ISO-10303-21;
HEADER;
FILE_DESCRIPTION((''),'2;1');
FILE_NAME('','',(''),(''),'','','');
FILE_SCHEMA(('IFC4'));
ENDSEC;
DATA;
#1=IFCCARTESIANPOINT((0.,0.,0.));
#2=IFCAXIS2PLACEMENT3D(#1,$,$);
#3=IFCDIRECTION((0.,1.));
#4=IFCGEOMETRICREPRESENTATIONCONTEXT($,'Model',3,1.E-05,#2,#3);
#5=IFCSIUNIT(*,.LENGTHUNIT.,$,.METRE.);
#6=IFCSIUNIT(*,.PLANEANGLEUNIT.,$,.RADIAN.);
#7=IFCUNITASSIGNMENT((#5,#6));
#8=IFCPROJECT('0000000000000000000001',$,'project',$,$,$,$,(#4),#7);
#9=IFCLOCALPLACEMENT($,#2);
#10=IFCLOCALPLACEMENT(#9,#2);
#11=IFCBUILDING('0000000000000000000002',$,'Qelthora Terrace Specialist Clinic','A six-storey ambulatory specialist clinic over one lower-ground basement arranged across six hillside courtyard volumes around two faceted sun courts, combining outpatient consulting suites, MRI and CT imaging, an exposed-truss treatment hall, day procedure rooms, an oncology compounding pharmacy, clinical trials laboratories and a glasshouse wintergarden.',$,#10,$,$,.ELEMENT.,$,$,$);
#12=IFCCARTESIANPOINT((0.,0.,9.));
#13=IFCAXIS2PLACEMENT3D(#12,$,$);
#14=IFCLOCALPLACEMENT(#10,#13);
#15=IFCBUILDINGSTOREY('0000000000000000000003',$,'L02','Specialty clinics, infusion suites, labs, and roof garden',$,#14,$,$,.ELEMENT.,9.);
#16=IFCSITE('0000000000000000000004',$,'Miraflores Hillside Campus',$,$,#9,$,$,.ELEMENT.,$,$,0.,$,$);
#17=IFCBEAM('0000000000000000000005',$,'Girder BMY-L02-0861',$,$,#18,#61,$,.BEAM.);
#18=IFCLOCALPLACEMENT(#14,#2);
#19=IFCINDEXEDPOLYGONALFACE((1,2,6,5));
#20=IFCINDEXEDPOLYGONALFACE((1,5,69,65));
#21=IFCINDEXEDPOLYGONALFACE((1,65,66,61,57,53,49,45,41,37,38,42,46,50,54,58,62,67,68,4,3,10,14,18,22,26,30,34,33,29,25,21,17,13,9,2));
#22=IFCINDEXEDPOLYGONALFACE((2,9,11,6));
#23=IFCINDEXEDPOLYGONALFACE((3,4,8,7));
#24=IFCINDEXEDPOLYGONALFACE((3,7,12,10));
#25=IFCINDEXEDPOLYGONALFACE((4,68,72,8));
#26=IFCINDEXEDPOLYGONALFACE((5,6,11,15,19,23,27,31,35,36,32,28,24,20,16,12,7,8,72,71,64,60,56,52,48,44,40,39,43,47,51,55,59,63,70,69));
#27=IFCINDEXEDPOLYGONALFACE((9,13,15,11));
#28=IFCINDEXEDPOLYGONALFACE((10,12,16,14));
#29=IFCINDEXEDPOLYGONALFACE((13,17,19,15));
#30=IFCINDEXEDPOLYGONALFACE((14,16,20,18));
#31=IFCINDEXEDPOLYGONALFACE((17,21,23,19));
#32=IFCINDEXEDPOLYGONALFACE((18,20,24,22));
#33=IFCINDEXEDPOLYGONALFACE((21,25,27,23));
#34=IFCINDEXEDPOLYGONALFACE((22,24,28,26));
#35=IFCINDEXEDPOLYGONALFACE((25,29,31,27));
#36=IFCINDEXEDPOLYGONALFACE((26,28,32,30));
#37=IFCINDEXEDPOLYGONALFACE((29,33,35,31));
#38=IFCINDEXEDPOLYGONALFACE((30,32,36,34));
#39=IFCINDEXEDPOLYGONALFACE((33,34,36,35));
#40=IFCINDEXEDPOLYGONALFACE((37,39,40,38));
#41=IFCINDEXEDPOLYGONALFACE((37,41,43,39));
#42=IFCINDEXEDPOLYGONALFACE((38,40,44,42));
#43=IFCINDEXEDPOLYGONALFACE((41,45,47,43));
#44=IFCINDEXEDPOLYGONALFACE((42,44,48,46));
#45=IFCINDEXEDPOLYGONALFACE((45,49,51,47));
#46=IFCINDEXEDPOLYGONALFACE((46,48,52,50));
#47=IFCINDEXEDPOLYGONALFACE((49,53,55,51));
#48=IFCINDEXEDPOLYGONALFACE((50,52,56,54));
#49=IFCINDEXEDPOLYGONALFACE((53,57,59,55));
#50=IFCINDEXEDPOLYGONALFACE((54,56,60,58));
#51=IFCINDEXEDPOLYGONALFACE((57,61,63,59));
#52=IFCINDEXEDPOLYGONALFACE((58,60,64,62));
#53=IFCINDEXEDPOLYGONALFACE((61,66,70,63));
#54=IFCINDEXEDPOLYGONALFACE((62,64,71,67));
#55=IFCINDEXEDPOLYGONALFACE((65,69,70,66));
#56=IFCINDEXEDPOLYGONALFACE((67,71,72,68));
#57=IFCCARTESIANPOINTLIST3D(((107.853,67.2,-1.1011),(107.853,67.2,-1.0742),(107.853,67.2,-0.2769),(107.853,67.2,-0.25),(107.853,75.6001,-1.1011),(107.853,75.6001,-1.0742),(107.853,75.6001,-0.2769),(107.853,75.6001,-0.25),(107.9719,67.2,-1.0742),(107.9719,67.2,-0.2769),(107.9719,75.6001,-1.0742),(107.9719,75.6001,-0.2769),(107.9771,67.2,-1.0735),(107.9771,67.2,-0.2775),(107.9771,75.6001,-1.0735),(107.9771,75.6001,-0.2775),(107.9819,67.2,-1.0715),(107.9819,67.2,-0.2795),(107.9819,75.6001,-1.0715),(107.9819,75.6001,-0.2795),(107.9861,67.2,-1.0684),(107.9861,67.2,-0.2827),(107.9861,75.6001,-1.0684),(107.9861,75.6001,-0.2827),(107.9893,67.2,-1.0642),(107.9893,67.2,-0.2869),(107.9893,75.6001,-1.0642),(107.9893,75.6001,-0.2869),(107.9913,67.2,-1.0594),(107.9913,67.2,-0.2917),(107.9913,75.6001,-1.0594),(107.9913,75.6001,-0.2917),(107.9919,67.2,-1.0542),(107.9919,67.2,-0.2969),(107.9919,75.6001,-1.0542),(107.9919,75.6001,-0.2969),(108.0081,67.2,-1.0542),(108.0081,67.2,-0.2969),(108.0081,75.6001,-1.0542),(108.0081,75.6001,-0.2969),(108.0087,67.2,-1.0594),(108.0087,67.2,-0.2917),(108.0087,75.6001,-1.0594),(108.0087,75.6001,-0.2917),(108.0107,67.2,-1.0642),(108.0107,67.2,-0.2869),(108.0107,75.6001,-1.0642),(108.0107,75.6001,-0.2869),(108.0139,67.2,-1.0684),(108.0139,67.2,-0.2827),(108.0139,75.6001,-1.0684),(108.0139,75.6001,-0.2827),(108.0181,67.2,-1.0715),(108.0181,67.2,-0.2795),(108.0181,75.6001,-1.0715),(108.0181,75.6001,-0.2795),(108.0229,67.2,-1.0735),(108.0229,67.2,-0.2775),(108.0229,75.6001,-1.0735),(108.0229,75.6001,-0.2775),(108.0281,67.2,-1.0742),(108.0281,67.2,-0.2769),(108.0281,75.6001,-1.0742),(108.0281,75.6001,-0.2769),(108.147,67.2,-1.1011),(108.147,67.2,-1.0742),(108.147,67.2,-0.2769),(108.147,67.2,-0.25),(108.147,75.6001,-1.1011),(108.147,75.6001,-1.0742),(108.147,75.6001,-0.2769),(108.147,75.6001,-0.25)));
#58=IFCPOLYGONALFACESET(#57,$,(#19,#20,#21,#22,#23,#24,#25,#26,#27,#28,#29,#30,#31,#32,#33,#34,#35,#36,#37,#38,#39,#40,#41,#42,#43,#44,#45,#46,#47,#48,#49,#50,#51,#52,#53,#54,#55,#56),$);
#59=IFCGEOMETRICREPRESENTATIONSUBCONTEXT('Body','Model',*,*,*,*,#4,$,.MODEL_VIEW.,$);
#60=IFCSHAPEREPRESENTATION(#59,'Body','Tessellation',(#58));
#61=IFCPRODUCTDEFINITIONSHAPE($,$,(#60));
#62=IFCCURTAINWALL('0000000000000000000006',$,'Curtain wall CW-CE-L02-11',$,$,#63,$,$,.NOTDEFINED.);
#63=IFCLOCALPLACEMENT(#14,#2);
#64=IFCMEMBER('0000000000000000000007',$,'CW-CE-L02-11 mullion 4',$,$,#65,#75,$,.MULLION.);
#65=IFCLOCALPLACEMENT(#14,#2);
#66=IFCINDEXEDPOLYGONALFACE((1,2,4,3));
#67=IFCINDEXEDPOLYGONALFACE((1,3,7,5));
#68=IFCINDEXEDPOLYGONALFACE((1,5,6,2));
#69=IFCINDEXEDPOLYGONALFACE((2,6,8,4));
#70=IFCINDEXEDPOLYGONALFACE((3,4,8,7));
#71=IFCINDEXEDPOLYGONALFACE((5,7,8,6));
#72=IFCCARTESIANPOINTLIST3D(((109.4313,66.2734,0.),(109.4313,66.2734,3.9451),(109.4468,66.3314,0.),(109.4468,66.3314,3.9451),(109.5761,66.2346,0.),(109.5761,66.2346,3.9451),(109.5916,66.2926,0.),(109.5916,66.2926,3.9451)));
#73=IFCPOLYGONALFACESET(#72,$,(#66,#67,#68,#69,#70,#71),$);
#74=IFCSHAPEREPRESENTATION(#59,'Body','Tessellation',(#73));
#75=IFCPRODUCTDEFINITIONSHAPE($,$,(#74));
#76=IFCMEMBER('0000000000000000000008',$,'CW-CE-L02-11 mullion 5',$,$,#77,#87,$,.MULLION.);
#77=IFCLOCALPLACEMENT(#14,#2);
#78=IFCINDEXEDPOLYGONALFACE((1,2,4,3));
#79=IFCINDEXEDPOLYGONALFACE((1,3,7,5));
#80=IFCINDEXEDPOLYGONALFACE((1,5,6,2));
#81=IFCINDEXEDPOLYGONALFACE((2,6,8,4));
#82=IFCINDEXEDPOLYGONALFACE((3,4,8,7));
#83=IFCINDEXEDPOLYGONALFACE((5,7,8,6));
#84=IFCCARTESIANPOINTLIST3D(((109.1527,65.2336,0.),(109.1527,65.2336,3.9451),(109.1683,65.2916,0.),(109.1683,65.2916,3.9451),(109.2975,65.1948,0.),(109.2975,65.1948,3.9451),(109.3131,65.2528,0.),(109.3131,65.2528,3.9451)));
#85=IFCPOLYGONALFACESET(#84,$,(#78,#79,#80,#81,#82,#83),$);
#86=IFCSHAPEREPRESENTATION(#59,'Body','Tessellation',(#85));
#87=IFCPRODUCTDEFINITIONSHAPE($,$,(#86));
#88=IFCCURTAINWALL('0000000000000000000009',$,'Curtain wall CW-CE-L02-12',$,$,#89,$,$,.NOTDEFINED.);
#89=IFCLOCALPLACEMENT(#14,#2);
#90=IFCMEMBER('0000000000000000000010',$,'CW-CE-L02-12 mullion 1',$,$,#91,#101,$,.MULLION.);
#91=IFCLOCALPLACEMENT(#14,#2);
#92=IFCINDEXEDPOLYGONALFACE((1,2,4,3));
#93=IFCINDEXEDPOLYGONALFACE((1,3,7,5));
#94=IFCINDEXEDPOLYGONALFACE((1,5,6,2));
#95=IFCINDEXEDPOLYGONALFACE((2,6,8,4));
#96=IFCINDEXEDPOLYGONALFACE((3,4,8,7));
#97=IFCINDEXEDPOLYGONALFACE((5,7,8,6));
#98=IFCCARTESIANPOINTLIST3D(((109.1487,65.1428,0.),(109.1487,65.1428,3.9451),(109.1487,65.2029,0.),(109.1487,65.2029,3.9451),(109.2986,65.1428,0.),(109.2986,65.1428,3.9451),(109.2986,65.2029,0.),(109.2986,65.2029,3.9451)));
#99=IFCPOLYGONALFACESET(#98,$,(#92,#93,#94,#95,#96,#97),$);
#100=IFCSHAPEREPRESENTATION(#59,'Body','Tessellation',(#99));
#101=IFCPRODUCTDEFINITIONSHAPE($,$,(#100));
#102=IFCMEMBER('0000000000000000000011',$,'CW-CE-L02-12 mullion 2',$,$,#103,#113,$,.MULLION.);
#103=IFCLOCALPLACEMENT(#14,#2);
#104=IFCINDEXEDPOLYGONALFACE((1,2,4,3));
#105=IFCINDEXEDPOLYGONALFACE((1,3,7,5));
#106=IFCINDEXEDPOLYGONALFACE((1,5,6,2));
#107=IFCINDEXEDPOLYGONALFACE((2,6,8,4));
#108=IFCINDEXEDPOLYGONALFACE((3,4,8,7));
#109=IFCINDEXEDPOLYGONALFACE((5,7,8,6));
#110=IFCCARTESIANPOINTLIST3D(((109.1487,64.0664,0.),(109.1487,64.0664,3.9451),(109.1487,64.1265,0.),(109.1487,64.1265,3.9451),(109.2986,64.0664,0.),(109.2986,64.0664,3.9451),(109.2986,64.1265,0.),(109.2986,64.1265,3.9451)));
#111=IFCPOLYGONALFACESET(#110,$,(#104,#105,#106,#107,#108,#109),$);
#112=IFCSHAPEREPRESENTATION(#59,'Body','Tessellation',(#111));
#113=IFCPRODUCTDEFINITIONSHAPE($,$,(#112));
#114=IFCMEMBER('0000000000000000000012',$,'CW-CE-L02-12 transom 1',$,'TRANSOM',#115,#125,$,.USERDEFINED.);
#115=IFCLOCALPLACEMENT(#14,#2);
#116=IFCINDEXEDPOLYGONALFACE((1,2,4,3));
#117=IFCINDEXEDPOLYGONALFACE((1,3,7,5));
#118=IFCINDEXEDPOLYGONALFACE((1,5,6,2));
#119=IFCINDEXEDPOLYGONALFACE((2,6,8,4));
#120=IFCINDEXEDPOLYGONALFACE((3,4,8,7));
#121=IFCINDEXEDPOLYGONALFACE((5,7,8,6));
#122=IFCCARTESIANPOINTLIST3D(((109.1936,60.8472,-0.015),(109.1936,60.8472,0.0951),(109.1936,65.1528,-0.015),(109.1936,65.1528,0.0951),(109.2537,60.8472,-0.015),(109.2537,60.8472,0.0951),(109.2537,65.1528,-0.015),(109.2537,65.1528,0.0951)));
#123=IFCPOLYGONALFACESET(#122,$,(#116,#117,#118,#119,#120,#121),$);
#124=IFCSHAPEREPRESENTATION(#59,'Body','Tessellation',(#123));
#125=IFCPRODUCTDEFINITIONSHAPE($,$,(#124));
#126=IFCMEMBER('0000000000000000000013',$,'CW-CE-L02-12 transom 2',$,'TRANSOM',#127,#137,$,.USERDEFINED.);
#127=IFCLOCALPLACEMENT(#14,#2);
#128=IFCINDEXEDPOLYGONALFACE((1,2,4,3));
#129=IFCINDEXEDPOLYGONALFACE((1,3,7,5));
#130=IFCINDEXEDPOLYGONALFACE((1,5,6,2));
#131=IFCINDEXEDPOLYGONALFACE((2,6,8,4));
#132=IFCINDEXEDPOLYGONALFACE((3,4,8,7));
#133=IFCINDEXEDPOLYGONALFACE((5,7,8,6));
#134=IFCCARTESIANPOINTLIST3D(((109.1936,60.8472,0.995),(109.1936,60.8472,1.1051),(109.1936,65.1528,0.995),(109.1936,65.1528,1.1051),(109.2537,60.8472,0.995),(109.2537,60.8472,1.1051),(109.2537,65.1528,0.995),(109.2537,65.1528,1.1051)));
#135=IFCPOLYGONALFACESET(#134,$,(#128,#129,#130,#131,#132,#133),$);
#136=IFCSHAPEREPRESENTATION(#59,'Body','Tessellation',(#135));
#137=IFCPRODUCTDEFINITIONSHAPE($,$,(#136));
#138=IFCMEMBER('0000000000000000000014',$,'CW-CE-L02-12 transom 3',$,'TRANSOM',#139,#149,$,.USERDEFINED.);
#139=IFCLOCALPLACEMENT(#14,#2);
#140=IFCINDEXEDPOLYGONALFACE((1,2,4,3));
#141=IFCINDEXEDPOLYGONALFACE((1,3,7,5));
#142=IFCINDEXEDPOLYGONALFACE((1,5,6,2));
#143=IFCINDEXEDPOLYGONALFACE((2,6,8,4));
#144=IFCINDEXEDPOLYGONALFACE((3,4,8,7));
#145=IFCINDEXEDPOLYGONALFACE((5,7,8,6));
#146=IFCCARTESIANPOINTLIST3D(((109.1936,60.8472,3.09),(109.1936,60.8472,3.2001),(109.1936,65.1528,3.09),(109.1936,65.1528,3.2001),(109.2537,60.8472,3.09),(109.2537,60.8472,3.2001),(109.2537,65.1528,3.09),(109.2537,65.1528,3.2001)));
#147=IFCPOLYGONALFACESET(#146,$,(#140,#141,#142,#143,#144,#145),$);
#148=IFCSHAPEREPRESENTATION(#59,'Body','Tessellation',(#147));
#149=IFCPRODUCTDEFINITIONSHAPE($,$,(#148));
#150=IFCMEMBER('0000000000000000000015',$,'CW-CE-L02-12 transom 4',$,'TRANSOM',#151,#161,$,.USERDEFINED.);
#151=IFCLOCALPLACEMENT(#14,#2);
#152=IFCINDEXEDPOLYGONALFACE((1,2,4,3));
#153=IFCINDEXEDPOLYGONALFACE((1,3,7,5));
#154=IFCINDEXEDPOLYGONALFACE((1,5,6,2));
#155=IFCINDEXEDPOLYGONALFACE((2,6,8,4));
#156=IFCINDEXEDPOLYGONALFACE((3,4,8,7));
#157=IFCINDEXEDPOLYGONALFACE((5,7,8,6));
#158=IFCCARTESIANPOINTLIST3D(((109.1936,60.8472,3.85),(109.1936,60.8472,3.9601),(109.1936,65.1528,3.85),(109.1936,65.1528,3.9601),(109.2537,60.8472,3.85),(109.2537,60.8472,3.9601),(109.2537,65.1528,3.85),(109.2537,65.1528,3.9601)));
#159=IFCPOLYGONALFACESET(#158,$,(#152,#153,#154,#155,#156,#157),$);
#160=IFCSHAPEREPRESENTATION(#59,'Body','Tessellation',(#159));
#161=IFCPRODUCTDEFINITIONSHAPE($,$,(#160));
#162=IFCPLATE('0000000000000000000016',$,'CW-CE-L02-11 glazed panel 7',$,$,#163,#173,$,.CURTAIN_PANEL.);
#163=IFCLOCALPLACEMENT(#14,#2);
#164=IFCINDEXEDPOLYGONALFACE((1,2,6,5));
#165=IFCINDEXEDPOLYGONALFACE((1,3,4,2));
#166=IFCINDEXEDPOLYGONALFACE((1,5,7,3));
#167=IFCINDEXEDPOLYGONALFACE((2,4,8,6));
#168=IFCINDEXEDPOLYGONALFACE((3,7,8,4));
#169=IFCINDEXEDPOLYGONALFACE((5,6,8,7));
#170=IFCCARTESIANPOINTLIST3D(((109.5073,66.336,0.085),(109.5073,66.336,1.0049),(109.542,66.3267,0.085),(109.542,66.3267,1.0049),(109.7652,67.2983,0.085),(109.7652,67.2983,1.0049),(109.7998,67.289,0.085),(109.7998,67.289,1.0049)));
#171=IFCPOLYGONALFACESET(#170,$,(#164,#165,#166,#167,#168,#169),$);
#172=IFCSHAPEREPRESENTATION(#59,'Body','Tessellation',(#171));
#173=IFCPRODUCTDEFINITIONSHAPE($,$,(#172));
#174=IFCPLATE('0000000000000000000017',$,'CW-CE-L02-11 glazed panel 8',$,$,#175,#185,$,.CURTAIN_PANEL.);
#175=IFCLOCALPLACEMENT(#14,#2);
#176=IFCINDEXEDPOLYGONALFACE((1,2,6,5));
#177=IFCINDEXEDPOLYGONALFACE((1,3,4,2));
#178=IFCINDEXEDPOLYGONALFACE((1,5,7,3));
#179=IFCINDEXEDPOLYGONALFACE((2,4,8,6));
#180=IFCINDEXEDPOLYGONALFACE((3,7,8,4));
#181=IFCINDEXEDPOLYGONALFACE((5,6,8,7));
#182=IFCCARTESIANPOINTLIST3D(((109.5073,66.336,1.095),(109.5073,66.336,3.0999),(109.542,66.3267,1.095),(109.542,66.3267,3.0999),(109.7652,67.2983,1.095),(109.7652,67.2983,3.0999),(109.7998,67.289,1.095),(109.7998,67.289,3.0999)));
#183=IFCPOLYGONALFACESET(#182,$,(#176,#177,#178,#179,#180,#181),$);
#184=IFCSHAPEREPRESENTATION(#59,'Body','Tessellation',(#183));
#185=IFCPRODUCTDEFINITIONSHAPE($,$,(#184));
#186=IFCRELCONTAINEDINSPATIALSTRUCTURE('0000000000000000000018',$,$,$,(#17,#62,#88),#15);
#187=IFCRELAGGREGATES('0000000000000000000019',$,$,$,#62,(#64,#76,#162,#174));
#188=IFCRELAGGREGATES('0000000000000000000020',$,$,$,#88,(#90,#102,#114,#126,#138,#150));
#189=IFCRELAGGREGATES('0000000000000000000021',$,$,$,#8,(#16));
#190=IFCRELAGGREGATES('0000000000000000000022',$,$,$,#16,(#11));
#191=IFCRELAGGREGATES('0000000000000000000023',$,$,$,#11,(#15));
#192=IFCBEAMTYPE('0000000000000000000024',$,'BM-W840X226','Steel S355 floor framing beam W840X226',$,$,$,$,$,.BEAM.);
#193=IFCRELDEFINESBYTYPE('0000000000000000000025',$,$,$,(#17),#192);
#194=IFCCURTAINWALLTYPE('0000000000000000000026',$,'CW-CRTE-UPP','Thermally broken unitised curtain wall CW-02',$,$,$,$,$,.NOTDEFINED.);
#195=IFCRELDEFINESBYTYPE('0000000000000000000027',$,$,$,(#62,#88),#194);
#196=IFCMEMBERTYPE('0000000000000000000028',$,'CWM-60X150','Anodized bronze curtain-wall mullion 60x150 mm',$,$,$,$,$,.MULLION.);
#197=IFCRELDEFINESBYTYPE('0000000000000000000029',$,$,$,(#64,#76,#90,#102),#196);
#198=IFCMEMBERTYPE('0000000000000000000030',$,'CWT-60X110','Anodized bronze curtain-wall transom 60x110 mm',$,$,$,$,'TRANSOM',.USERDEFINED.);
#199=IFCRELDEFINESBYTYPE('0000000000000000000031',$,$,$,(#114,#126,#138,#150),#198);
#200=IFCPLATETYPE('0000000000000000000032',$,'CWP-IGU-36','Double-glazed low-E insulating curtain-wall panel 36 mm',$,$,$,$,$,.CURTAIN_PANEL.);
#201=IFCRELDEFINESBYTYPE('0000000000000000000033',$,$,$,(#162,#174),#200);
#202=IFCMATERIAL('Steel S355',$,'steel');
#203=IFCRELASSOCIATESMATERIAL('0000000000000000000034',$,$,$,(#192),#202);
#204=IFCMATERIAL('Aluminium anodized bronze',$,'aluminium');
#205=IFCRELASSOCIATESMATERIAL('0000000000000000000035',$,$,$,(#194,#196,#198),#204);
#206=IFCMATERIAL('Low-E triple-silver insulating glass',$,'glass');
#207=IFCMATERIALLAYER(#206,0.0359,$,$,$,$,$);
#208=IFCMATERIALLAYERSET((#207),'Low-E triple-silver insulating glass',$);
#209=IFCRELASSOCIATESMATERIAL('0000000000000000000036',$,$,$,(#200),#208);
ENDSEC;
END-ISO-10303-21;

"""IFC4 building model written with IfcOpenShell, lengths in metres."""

from ifc_helpers import new_model, si_unit, direction, frame, origin, origin_2d, place, context, subcontext, project, spatial, rectangle, i_section, extrude, material, layer, layer_set, material_profile, profile_set, type_object, element, aggregate, save


model = new_model("IFC4")

# Units and contexts
model_context = context("Model", 3, precision=1e-05, world=origin(), true_north=direction((0.0, 1.0)))
body_context = subcontext(model_context, "Body", "Model", "MODEL_VIEW")
ifc_project = project(units=[si_unit("LENGTHUNIT", "METRE"), si_unit("PLANEANGLEUNIT", "RADIAN")], contexts=[model_context])

# Site, building, storey
site_placement = place(None, origin())
site = spatial("IfcSite", under=ifc_project, at=site_placement, Name="Miraflores Hillside Campus", CompositionType="ELEMENT", RefElevation=0.0)
building_placement = place(site_placement, origin())
building = spatial("IfcBuilding", under=site, at=building_placement, Name="Qelthora Terrace Specialist Clinic", Description="A six-storey ambulatory specialist clinic over one lower-ground basement arranged across six hillside courtyard volumes around two faceted sun courts, combining outpatient consulting suites, MRI and CT imaging, an exposed-truss treatment hall, day procedure rooms, an oncology compounding pharmacy, clinical trials laboratories and a glasshouse wintergarden.", CompositionType="ELEMENT")
storey_placement = place(building_placement, frame((0.0, 0.0, 9.0)))
storey = spatial("IfcBuildingStorey", under=building, at=storey_placement, Name="L02", Description="Specialty clinics, infusion suites, labs, and roof garden", CompositionType="ELEMENT", Elevation=9.0)

# Beam
ifc_material_1 = material(Name="Steel S355", Category="steel")
ifc_material_profile_1 = material_profile(ifc_material_1, i_section(OverallWidth=0.2939, OverallDepth=0.8511, WebThickness=0.0161, FlangeThickness=0.0269, FilletRadius=0.02, at=origin_2d()), Name="W840X226")
ifc_profile_set_1 = profile_set([ifc_material_profile_1], Name="Steel S355")
beam_type = type_object("IfcBeamType", Name="BM-W840X226", Description="Steel S355 floor framing beam W840X226", PredefinedType="BEAM", material=ifc_profile_set_1)
beam_placement = place(storey_placement, frame((108.0, 67.2, -0.6755), z_axis=(0.0, 1.0, 0.0), x_axis=(-1.0, 0.0, 0.0)))
element("IfcBeam", 1, at=beam_placement, inside=storey, type_object=beam_type, Name="Girder BMY-L02-0861", PredefinedType="BEAM", context=body_context, shape_type="SweptSolid", body=[
    extrude(i_section(OverallWidth=0.2939, OverallDepth=0.8511, WebThickness=0.0161, FlangeThickness=0.0269, FilletRadius=0.02, at=origin_2d()), origin(), (0.0, 0.0, 1.0), 8.4001),
])

# Curtain walls, members
ifc_material_2 = material(Name="Aluminium anodized bronze", Category="aluminium")
curtain_wall_type = type_object("IfcCurtainWallType", Name="CW-CRTE-UPP", Description="Thermally broken unitised curtain wall CW-02", PredefinedType="NOTDEFINED", material=ifc_material_2)
curtain_wall_1_placement = place(storey_placement, origin())
curtain_wall_1 = element("IfcCurtainWall", 2, at=curtain_wall_1_placement, inside=storey, type_object=curtain_wall_type, Name="Curtain wall CW-CE-L02-11", PredefinedType="NOTDEFINED")
ifc_material_profile_2 = material_profile(ifc_material_2, rectangle(XDim=0.0601, YDim=0.1499, at=origin_2d()), Name="CWM60X150")
ifc_profile_set_2 = profile_set([ifc_material_profile_2], Name="Aluminium anodized bronze")
member_type_1 = type_object("IfcMemberType", Name="CWM-60X150", Description="Anodized bronze curtain-wall mullion 60x150 mm", PredefinedType="MULLION", material=ifc_profile_set_2)
member_1_placement = place(storey_placement, frame((109.5115, 66.283, 0.0), z_axis=(0.0, 0.0, 1.0), x_axis=(-0.25882, -0.965926, 0.0)))
member_1 = element("IfcMember", 3, at=member_1_placement, type_object=member_type_1, Name="CW-CE-L02-11 mullion 4", PredefinedType="MULLION", context=body_context, shape_type="SweptSolid", body=[
    extrude(rectangle(XDim=0.0601, YDim=0.1499, at=origin_2d()), origin(), (0.0, 0.0, 1.0), 3.9451),
])
member_2_placement = place(storey_placement, frame((109.2329, 65.2432, 0.0), z_axis=(0.0, 0.0, 1.0), x_axis=(-0.25882, -0.965926, 0.0)))
member_2 = element("IfcMember", 4, at=member_2_placement, type_object=member_type_1, Name="CW-CE-L02-11 mullion 5", PredefinedType="MULLION", context=body_context, shape_type="SweptSolid", body=[
    extrude(rectangle(XDim=0.0601, YDim=0.1499, at=origin_2d()), origin(), (0.0, 0.0, 1.0), 3.9451),
])
curtain_wall_2_placement = place(storey_placement, origin())
curtain_wall_2 = element("IfcCurtainWall", 5, at=curtain_wall_2_placement, inside=storey, type_object=curtain_wall_type, Name="Curtain wall CW-CE-L02-12", PredefinedType="NOTDEFINED")
member_3_placement = place(storey_placement, frame((109.2236, 65.1729, 0.0), z_axis=(0.0, 0.0, 1.0), x_axis=(0.0, -1.0, 0.0)))
member_3 = element("IfcMember", 6, at=member_3_placement, type_object=member_type_1, Name="CW-CE-L02-12 mullion 1", PredefinedType="MULLION", context=body_context, shape_type="SweptSolid", body=[
    extrude(rectangle(XDim=0.0601, YDim=0.1499, at=origin_2d()), origin(), (0.0, 0.0, 1.0), 3.9451),
])
member_4_placement = place(storey_placement, frame((109.2236, 64.0964, 0.0), z_axis=(0.0, 0.0, 1.0), x_axis=(0.0, -1.0, 0.0)))
member_4 = element("IfcMember", 7, at=member_4_placement, type_object=member_type_1, Name="CW-CE-L02-12 mullion 2", PredefinedType="MULLION", context=body_context, shape_type="SweptSolid", body=[
    extrude(rectangle(XDim=0.0601, YDim=0.1499, at=origin_2d()), origin(), (0.0, 0.0, 1.0), 3.9451),
])
ifc_material_profile_3 = material_profile(ifc_material_2, rectangle(XDim=0.0601, YDim=0.1101, at=origin_2d()), Name="CWT60X110")
ifc_profile_set_3 = profile_set([ifc_material_profile_3], Name="Aluminium anodized bronze")
member_type_2 = type_object("IfcMemberType", Name="CWT-60X110", Description="Anodized bronze curtain-wall transom 60x110 mm", ElementType="TRANSOM", PredefinedType="USERDEFINED", material=ifc_profile_set_3)
member_5_placement = place(storey_placement, frame((109.2236, 65.1528, 0.04), z_axis=(0.0, -1.0, 0.0), x_axis=(1.0, 0.0, 0.0)))
member_5 = element("IfcMember", 8, at=member_5_placement, type_object=member_type_2, Name="CW-CE-L02-12 transom 1", ObjectType="TRANSOM", PredefinedType="USERDEFINED", context=body_context, shape_type="SweptSolid", body=[
    extrude(rectangle(XDim=0.0601, YDim=0.1101, at=origin_2d()), origin(), (0.0, 0.0, 1.0), 4.3057),
])
member_6_placement = place(storey_placement, frame((109.2236, 65.1528, 1.05), z_axis=(0.0, -1.0, 0.0), x_axis=(1.0, 0.0, 0.0)))
member_6 = element("IfcMember", 9, at=member_6_placement, type_object=member_type_2, Name="CW-CE-L02-12 transom 2", ObjectType="TRANSOM", PredefinedType="USERDEFINED", context=body_context, shape_type="SweptSolid", body=[
    extrude(rectangle(XDim=0.0601, YDim=0.1101, at=origin_2d()), origin(), (0.0, 0.0, 1.0), 4.3057),
])
member_7_placement = place(storey_placement, frame((109.2236, 65.1528, 3.145), z_axis=(0.0, -1.0, 0.0), x_axis=(1.0, 0.0, 0.0)))
member_7 = element("IfcMember", 10, at=member_7_placement, type_object=member_type_2, Name="CW-CE-L02-12 transom 3", ObjectType="TRANSOM", PredefinedType="USERDEFINED", context=body_context, shape_type="SweptSolid", body=[
    extrude(rectangle(XDim=0.0601, YDim=0.1101, at=origin_2d()), origin(), (0.0, 0.0, 1.0), 4.3057),
])
member_8_placement = place(storey_placement, frame((109.2236, 65.1528, 3.905), z_axis=(0.0, -1.0, 0.0), x_axis=(1.0, 0.0, 0.0)))
member_8 = element("IfcMember", 11, at=member_8_placement, type_object=member_type_2, Name="CW-CE-L02-12 transom 4", ObjectType="TRANSOM", PredefinedType="USERDEFINED", context=body_context, shape_type="SweptSolid", body=[
    extrude(rectangle(XDim=0.0601, YDim=0.1101, at=origin_2d()), origin(), (0.0, 0.0, 1.0), 4.3057),
])

# Plates
ifc_material_3 = material(Name="Low-E triple-silver insulating glass", Category="glass")
ifc_layer = layer(ifc_material_3, 0.0359)
ifc_layer_set = layer_set([ifc_layer], Name="Low-E triple-silver insulating glass")
plate_type = type_object("IfcPlateType", Name="CWP-IGU-36", Description="Double-glazed low-E insulating curtain-wall panel 36 mm", PredefinedType="CURTAIN_PANEL", material=ifc_layer_set)
plate_1_placement = place(storey_placement, frame((109.6536, 66.8125, 0.085), z_axis=(0.0, 0.0, 1.0), x_axis=(-0.258819, -0.965926, 0.0)))
plate_1 = element("IfcPlate", 12, at=plate_1_placement, type_object=plate_type, Name="CW-CE-L02-11 glazed panel 7", PredefinedType="CURTAIN_PANEL", context=body_context, shape_type="SweptSolid", body=[
    extrude(rectangle(XDim=0.9963, YDim=0.0359, at=origin_2d()), origin(), (0.0, 0.0, 1.0), 0.9199),
])
plate_2_placement = place(storey_placement, frame((109.6536, 66.8125, 1.095), z_axis=(0.0, 0.0, 1.0), x_axis=(-0.258819, -0.965926, 0.0)))
plate_2 = element("IfcPlate", 13, at=plate_2_placement, type_object=plate_type, Name="CW-CE-L02-11 glazed panel 8", PredefinedType="CURTAIN_PANEL", context=body_context, shape_type="SweptSolid", body=[
    extrude(rectangle(XDim=0.9963, YDim=0.0359, at=origin_2d()), origin(), (0.0, 0.0, 1.0), 2.0049),
])
aggregate(curtain_wall_1, [member_1, member_2, plate_1, plate_2])
aggregate(curtain_wall_2, [member_3, member_4, member_5, member_6, member_7, member_8])

save(model, "model.ifc")
